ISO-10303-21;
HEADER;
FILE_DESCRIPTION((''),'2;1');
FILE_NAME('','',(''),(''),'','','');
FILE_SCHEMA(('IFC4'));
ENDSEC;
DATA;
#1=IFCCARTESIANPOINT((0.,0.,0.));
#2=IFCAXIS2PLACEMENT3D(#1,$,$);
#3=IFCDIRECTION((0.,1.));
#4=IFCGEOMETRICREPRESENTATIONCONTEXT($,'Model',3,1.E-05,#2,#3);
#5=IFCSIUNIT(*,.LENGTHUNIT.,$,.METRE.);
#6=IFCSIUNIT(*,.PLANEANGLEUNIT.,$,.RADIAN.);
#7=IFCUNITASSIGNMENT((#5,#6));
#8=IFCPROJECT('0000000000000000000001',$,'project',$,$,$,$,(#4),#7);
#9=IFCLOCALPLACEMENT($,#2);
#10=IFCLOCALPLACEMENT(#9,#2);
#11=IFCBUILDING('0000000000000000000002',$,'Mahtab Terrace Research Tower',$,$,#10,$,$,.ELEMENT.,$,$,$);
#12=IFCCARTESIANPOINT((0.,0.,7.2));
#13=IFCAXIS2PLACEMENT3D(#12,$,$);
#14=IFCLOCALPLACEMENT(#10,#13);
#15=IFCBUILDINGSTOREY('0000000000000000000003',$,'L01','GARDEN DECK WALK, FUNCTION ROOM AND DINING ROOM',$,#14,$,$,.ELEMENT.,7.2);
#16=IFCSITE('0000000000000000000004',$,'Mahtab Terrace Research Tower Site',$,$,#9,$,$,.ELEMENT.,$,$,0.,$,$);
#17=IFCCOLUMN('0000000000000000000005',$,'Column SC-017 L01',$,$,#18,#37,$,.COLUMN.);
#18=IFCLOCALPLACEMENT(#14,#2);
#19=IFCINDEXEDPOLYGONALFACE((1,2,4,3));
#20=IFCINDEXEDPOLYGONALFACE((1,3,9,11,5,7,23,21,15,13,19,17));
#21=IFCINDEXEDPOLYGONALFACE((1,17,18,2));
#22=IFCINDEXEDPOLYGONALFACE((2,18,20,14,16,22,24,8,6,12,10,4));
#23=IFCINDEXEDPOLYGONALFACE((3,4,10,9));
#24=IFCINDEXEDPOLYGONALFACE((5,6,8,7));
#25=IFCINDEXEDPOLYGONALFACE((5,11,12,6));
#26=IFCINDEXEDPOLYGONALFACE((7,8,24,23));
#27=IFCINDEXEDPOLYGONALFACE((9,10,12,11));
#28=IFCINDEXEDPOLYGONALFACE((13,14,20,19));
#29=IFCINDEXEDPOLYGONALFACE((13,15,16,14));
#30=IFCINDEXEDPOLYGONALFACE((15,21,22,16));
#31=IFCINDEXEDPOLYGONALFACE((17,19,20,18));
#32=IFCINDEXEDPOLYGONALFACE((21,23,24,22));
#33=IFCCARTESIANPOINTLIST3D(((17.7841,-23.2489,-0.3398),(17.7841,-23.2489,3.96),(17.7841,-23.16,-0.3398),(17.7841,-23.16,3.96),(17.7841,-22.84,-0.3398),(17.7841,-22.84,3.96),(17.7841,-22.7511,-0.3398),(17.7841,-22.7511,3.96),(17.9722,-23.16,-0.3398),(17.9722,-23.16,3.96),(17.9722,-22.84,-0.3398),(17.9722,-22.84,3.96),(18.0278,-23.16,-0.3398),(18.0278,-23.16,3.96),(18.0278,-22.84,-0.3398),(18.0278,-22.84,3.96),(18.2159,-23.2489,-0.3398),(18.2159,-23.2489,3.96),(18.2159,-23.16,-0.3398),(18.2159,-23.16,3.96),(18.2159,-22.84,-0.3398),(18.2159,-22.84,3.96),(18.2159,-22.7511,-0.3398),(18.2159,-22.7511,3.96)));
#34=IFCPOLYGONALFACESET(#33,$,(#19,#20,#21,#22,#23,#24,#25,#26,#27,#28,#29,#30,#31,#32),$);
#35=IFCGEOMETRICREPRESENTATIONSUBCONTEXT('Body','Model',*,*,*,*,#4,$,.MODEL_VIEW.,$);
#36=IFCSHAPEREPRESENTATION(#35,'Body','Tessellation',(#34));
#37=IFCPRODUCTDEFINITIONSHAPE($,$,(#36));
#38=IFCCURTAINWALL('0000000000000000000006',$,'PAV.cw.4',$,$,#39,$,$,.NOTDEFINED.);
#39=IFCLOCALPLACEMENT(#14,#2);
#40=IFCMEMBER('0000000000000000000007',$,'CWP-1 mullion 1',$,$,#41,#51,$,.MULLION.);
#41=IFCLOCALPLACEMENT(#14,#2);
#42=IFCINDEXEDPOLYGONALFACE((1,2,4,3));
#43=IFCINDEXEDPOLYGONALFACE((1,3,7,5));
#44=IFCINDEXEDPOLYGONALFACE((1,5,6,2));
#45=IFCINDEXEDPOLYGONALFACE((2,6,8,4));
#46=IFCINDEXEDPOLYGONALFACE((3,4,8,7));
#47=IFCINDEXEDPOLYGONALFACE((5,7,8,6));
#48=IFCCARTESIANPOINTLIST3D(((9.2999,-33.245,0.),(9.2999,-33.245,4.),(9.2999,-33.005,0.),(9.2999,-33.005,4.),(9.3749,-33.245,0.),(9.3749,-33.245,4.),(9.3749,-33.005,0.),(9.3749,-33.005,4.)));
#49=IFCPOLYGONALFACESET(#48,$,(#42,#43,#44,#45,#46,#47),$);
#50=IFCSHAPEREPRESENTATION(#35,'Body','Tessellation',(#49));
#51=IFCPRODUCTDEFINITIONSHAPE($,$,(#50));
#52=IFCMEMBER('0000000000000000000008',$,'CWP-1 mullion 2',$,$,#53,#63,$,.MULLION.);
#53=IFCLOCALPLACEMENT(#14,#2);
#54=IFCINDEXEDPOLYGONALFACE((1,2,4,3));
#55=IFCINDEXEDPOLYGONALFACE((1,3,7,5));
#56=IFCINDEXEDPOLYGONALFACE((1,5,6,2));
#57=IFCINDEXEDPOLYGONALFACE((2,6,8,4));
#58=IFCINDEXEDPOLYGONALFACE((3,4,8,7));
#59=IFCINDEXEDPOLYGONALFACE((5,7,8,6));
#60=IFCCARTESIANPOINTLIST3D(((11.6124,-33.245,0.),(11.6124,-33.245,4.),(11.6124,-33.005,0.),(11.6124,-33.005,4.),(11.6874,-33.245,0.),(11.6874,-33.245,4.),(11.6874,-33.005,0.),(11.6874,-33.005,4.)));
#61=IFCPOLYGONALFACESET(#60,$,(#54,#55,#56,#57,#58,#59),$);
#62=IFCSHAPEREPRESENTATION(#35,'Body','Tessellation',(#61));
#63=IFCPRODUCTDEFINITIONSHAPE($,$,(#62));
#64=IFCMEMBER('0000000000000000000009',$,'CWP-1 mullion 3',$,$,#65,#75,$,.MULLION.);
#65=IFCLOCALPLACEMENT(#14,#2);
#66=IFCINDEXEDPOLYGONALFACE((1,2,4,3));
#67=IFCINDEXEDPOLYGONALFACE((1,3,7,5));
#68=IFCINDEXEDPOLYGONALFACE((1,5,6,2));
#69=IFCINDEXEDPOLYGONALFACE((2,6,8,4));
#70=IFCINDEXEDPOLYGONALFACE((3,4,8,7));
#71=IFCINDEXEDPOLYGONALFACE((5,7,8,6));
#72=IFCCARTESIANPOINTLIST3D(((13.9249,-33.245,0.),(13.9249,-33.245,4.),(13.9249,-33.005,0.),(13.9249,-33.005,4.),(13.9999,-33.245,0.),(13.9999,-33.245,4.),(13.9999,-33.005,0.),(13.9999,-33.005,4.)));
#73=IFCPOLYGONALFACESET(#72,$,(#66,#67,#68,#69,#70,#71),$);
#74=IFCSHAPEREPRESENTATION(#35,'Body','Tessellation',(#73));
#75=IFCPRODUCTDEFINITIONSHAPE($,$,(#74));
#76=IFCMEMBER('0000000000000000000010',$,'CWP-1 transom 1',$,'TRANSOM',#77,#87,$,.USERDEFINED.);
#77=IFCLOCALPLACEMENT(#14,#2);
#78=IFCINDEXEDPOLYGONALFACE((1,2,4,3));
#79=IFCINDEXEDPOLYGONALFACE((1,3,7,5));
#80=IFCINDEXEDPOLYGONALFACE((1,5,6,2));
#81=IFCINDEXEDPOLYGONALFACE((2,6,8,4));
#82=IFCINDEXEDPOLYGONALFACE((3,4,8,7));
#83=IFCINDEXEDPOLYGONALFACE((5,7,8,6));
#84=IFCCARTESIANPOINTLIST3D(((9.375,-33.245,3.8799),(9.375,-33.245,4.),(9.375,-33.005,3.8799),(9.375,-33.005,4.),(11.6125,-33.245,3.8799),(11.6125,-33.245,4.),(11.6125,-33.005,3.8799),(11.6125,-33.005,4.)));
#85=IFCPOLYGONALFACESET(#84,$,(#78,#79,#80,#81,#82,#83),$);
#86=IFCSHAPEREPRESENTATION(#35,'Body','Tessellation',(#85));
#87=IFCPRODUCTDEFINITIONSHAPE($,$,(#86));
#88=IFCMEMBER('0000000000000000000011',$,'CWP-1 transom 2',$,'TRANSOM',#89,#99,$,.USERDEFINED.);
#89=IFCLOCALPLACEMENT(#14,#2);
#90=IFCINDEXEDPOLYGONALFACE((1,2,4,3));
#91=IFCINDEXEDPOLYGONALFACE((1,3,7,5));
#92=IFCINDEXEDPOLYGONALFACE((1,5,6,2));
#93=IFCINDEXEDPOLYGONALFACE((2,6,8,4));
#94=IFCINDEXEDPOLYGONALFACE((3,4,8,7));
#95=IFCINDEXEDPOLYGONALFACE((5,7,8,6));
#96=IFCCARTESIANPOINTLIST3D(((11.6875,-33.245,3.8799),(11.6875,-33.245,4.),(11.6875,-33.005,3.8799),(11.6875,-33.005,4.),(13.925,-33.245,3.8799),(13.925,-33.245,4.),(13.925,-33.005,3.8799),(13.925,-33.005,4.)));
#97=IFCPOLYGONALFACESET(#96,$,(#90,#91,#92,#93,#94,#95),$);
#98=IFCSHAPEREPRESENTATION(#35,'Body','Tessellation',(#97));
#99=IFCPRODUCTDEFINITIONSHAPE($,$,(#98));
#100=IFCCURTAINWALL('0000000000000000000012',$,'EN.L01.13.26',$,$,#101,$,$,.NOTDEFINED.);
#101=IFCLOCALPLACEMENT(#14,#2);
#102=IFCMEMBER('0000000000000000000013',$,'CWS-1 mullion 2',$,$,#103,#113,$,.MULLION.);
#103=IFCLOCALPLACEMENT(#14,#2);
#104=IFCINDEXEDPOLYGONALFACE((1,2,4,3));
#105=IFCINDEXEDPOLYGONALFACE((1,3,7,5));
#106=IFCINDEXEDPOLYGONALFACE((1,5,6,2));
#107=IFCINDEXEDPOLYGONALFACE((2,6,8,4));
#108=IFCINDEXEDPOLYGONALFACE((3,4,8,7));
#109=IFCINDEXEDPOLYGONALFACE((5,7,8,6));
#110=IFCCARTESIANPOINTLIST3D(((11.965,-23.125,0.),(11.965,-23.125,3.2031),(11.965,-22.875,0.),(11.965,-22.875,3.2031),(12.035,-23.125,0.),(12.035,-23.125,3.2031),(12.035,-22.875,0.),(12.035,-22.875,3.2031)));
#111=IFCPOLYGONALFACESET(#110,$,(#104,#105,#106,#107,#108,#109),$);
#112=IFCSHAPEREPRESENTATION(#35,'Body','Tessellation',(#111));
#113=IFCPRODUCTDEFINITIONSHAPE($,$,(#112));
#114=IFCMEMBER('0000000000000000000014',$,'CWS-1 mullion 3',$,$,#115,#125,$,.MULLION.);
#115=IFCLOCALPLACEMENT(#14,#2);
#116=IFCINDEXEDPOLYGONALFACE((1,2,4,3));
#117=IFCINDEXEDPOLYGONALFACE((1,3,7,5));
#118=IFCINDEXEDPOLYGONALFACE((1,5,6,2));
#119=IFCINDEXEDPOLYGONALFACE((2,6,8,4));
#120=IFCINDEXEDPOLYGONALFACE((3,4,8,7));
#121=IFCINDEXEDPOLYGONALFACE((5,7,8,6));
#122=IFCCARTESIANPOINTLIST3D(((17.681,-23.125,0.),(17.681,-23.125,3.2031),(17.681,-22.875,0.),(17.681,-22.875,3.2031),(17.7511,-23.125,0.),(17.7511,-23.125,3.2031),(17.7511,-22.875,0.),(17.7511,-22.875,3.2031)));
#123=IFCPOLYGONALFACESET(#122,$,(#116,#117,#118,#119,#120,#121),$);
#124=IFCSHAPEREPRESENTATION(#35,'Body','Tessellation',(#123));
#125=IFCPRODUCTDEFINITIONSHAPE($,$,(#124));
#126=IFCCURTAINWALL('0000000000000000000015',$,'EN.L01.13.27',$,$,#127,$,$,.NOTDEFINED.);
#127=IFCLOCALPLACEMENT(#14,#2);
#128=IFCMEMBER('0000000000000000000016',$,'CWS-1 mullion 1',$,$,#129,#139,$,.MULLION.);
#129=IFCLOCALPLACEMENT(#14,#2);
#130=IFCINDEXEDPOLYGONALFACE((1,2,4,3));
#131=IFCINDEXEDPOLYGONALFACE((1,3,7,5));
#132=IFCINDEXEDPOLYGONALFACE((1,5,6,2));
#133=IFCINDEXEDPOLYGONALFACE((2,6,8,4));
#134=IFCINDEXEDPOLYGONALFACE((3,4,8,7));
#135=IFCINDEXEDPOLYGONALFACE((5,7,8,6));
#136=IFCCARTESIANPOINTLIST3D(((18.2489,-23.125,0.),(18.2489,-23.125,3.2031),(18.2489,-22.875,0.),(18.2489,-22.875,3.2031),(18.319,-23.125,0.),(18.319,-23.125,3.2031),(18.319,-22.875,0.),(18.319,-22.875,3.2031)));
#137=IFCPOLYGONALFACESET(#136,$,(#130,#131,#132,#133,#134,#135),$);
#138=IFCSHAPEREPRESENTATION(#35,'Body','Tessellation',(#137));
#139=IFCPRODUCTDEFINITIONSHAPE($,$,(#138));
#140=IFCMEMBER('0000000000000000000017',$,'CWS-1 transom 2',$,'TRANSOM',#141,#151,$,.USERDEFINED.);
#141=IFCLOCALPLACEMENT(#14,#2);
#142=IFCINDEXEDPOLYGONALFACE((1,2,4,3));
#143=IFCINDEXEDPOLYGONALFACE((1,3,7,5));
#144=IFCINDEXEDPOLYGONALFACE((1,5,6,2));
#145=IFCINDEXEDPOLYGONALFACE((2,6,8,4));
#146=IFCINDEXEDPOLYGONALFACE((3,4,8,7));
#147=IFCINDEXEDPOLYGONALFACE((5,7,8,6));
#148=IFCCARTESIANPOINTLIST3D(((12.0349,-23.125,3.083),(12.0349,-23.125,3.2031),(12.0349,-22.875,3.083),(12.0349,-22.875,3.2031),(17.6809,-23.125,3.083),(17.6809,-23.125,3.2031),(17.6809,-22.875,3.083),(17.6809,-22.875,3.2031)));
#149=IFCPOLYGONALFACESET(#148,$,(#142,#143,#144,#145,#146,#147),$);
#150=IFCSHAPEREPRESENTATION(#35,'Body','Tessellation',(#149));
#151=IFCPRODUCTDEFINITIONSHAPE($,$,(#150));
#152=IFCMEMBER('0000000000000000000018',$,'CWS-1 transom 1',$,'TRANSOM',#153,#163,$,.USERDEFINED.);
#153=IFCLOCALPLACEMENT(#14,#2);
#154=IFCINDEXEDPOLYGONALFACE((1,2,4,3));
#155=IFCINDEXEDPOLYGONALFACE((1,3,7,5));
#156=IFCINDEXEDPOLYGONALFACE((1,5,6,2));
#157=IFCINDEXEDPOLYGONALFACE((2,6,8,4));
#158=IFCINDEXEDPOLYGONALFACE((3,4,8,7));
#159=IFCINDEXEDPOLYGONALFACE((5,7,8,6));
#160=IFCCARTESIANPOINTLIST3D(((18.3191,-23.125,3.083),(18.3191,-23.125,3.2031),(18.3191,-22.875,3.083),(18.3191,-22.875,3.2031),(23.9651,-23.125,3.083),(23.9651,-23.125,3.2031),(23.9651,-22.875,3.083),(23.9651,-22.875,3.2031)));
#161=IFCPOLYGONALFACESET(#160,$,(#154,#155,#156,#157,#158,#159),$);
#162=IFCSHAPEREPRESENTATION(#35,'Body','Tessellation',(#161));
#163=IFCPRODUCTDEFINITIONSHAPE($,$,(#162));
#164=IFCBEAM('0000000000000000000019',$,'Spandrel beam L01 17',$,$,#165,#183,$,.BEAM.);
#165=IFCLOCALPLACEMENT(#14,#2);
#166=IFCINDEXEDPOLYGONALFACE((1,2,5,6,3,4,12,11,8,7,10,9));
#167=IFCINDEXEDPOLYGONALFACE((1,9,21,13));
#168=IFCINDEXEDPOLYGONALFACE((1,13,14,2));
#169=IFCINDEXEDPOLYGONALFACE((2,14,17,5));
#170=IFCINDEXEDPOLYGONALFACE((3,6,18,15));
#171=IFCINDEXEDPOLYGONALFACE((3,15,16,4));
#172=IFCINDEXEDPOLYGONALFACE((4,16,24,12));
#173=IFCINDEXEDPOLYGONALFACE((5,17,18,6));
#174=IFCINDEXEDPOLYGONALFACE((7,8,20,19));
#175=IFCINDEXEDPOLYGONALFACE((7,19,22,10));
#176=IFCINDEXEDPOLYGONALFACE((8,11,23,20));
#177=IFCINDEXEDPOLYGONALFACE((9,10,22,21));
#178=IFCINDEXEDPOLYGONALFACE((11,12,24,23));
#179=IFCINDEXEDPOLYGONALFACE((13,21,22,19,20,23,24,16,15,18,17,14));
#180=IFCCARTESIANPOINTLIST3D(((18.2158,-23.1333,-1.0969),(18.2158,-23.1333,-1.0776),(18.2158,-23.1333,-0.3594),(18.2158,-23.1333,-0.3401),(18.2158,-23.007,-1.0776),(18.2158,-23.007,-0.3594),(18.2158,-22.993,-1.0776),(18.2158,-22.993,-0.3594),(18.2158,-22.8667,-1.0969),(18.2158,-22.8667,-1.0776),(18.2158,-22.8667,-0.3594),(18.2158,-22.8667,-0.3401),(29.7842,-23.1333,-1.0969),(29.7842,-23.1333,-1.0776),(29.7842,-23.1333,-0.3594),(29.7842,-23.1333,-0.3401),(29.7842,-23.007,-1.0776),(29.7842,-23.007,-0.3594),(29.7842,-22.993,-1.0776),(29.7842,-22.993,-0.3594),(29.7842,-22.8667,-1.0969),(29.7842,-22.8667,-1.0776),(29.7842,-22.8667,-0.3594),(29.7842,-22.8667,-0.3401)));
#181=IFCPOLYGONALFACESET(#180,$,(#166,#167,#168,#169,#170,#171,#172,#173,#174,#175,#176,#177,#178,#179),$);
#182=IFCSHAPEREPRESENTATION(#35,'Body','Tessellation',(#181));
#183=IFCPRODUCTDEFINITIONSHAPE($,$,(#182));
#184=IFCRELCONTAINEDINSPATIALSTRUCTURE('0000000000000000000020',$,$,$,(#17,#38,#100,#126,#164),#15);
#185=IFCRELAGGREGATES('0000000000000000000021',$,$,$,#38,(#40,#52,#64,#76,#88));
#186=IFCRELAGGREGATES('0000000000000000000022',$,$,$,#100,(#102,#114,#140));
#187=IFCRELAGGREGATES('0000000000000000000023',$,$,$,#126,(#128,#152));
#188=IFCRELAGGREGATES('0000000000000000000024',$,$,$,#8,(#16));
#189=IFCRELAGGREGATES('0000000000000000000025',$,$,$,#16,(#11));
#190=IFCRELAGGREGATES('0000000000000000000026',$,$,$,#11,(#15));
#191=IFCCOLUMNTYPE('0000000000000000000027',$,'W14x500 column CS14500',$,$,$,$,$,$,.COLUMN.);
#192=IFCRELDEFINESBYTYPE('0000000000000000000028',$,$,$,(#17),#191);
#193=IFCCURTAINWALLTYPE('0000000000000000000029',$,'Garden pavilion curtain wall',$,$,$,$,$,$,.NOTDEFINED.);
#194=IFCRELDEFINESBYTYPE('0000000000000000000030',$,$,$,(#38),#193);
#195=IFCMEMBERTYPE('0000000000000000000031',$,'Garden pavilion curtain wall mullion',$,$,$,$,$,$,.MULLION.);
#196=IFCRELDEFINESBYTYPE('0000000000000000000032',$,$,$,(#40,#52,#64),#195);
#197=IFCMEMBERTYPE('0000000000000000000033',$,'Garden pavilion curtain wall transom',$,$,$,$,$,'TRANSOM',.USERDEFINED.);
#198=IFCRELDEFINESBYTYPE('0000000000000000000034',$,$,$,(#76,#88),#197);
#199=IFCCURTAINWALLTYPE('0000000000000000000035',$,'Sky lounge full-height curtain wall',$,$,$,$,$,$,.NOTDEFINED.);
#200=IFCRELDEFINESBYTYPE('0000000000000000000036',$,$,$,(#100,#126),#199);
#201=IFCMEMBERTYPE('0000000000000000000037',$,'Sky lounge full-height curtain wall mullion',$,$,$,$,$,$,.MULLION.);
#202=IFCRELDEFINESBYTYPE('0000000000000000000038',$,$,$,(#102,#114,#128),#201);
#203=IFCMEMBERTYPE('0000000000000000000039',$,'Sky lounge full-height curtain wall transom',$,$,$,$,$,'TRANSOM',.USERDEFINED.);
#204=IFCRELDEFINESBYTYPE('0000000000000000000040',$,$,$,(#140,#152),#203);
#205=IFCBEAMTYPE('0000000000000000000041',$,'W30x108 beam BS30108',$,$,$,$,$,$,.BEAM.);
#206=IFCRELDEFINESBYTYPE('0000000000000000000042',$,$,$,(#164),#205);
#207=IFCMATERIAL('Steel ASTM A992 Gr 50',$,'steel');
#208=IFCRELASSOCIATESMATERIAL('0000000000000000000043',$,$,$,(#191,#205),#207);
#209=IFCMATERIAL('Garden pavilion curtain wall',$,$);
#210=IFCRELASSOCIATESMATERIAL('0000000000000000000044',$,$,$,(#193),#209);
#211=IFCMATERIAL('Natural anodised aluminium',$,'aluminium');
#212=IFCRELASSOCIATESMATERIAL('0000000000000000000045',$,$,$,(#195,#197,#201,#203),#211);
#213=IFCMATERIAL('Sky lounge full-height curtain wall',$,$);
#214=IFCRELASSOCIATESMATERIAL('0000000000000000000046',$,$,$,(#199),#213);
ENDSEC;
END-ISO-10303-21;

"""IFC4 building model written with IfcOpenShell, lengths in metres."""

from ifc_helpers import new_model, si_unit, direction, frame, origin, origin_2d, place, context, subcontext, project, spatial, rectangle, i_section, extrude, material, material_profile, profile_set, type_object, element, aggregate, save


model = new_model("IFC4")

# Units and contexts
model_context = context("Model", 3, precision=1e-05, world=origin(), true_north=direction((0.0, 1.0)))
body_context = subcontext(model_context, "Body", "Model", "MODEL_VIEW")
ifc_project = project(units=[si_unit("LENGTHUNIT", "METRE"), si_unit("PLANEANGLEUNIT", "RADIAN")], contexts=[model_context])

# Site, building, storey
site_placement = place(None, origin())
site = spatial("IfcSite", under=ifc_project, at=site_placement, Name="Mahtab Terrace Research Tower Site", CompositionType="ELEMENT", RefElevation=0.0)
building_placement = place(site_placement, origin())
building = spatial("IfcBuilding", under=site, at=building_placement, Name="Mahtab Terrace Research Tower", CompositionType="ELEMENT")
storey_placement = place(building_placement, frame((0.0, 0.0, 7.2)))
storey = spatial("IfcBuildingStorey", under=building, at=storey_placement, Name="L01", Description="GARDEN DECK WALK, FUNCTION ROOM AND DINING ROOM", CompositionType="ELEMENT", Elevation=7.2)

# Column
ifc_material_1 = material(Name="Steel ASTM A992 Gr 50", Category="steel")
ifc_material_profile_1 = material_profile(ifc_material_1, i_section(OverallWidth=0.4319, OverallDepth=0.4978, WebThickness=0.0557, FlangeThickness=0.0889, at=origin_2d()), Name="W14X500")
ifc_profile_set_1 = profile_set([ifc_material_profile_1], Name="Steel ASTM A992 Gr 50")
column_type = type_object("IfcColumnType", Name="W14x500 column CS14500", PredefinedType="COLUMN", material=ifc_profile_set_1)
column_placement = place(storey_placement, frame((18.0, -23.0, -0.3398), z_axis=(0.0, 0.0, 1.0), x_axis=(1.0, 0.0, 0.0)))
element("IfcColumn", 1, at=column_placement, inside=storey, type_object=column_type, Name="Column SC-017 L01", PredefinedType="COLUMN", context=body_context, shape_type="SweptSolid", body=[
    extrude(i_section(OverallWidth=0.4319, OverallDepth=0.4978, WebThickness=0.0557, FlangeThickness=0.0889, at=origin_2d()), origin(), (0.0, 0.0, 1.0), 4.2998),
])

# Curtain walls, members
ifc_material_2 = material(Name="Garden pavilion curtain wall")
curtain_wall_type_1 = type_object("IfcCurtainWallType", Name="Garden pavilion curtain wall", PredefinedType="NOTDEFINED", material=ifc_material_2)
curtain_wall_1_placement = place(storey_placement, origin())
curtain_wall_1 = element("IfcCurtainWall", 2, at=curtain_wall_1_placement, inside=storey, type_object=curtain_wall_type_1, Name="PAV.cw.4", PredefinedType="NOTDEFINED")
ifc_material_3 = material(Name="Natural anodised aluminium", Category="aluminium")
ifc_material_profile_2 = material_profile(ifc_material_3, rectangle(XDim=0.24, YDim=0.075, at=origin_2d()), Name="MULLION 75x240")
ifc_profile_set_2 = profile_set([ifc_material_profile_2], Name="Natural anodised aluminium")
member_type_1 = type_object("IfcMemberType", Name="Garden pavilion curtain wall mullion", PredefinedType="MULLION", material=ifc_profile_set_2)
member_1_placement = place(storey_placement, frame((9.3374, -33.125, 0.0), z_axis=(0.0, 0.0, 1.0), x_axis=(0.0, 1.0, 0.0)))
member_1 = element("IfcMember", 3, at=member_1_placement, type_object=member_type_1, Name="CWP-1 mullion 1", PredefinedType="MULLION", context=body_context, shape_type="SweptSolid", body=[
    extrude(rectangle(XDim=0.24, YDim=0.075, at=origin_2d()), origin(), (0.0, 0.0, 1.0), 4.0),
])
member_2_placement = place(storey_placement, frame((11.6499, -33.125, 0.0), z_axis=(0.0, 0.0, 1.0), x_axis=(0.0, 1.0, 0.0)))
member_2 = element("IfcMember", 4, at=member_2_placement, type_object=member_type_1, Name="CWP-1 mullion 2", PredefinedType="MULLION", context=body_context, shape_type="SweptSolid", body=[
    extrude(rectangle(XDim=0.24, YDim=0.075, at=origin_2d()), origin(), (0.0, 0.0, 1.0), 4.0),
])
member_3_placement = place(storey_placement, frame((13.9624, -33.125, 0.0), z_axis=(0.0, 0.0, 1.0), x_axis=(0.0, 1.0, 0.0)))
member_3 = element("IfcMember", 5, at=member_3_placement, type_object=member_type_1, Name="CWP-1 mullion 3", PredefinedType="MULLION", context=body_context, shape_type="SweptSolid", body=[
    extrude(rectangle(XDim=0.24, YDim=0.075, at=origin_2d()), origin(), (0.0, 0.0, 1.0), 4.0),
])
ifc_material_profile_3 = material_profile(ifc_material_3, rectangle(XDim=0.24, YDim=0.1201, at=origin_2d()), Name="TRANSOM 120x240")
ifc_profile_set_3 = profile_set([ifc_material_profile_3], Name="Natural anodised aluminium")
member_type_2 = type_object("IfcMemberType", Name="Garden pavilion curtain wall transom", ElementType="TRANSOM", PredefinedType="USERDEFINED", material=ifc_profile_set_3)
member_4_placement = place(storey_placement, frame((9.375, -33.125, 3.9399), z_axis=(1.0, 0.0, 0.0), x_axis=(0.0, 1.0, 0.0)))
member_4 = element("IfcMember", 6, at=member_4_placement, type_object=member_type_2, Name="CWP-1 transom 1", ObjectType="TRANSOM", PredefinedType="USERDEFINED", context=body_context, shape_type="SweptSolid", body=[
    extrude(rectangle(XDim=0.24, YDim=0.1201, at=origin_2d()), origin(), (0.0, 0.0, 1.0), 2.2375),
])
member_5_placement = place(storey_placement, frame((11.6875, -33.125, 3.9399), z_axis=(1.0, 0.0, 0.0), x_axis=(0.0, 1.0, 0.0)))
member_5 = element("IfcMember", 7, at=member_5_placement, type_object=member_type_2, Name="CWP-1 transom 2", ObjectType="TRANSOM", PredefinedType="USERDEFINED", context=body_context, shape_type="SweptSolid", body=[
    extrude(rectangle(XDim=0.24, YDim=0.1201, at=origin_2d()), origin(), (0.0, 0.0, 1.0), 2.2375),
])
ifc_material_4 = material(Name="Sky lounge full-height curtain wall")
curtain_wall_type_2 = type_object("IfcCurtainWallType", Name="Sky lounge full-height curtain wall", PredefinedType="NOTDEFINED", material=ifc_material_4)
curtain_wall_2_placement = place(storey_placement, origin())
curtain_wall_2 = element("IfcCurtainWall", 8, at=curtain_wall_2_placement, inside=storey, type_object=curtain_wall_type_2, Name="EN.L01.13.26", PredefinedType="NOTDEFINED")
ifc_material_profile_4 = material_profile(ifc_material_3, rectangle(XDim=0.25, YDim=0.0701, at=origin_2d()), Name="MULLION 70x250")
ifc_profile_set_4 = profile_set([ifc_material_profile_4], Name="Natural anodised aluminium")
member_type_3 = type_object("IfcMemberType", Name="Sky lounge full-height curtain wall mullion", PredefinedType="MULLION", material=ifc_profile_set_4)
member_6_placement = place(storey_placement, frame((12.0, -23.0, 0.0), z_axis=(0.0, 0.0, 1.0), x_axis=(0.0, 1.0, 0.0)))
member_6 = element("IfcMember", 9, at=member_6_placement, type_object=member_type_3, Name="CWS-1 mullion 2", PredefinedType="MULLION", context=body_context, shape_type="SweptSolid", body=[
    extrude(rectangle(XDim=0.25, YDim=0.0701, at=origin_2d()), origin(), (0.0, 0.0, 1.0), 3.2031),
])
member_7_placement = place(storey_placement, frame((17.7161, -23.0, 0.0), z_axis=(0.0, 0.0, 1.0), x_axis=(0.0, 1.0, 0.0)))
member_7 = element("IfcMember", 10, at=member_7_placement, type_object=member_type_3, Name="CWS-1 mullion 3", PredefinedType="MULLION", context=body_context, shape_type="SweptSolid", body=[
    extrude(rectangle(XDim=0.25, YDim=0.0701, at=origin_2d()), origin(), (0.0, 0.0, 1.0), 3.2031),
])

# Curtain wall, member
curtain_wall_3_placement = place(storey_placement, origin())
curtain_wall_3 = element("IfcCurtainWall", 11, at=curtain_wall_3_placement, inside=storey, type_object=curtain_wall_type_2, Name="EN.L01.13.27", PredefinedType="NOTDEFINED")
member_8_placement = place(storey_placement, frame((18.2839, -23.0, 0.0), z_axis=(0.0, 0.0, 1.0), x_axis=(0.0, 1.0, 0.0)))
member_8 = element("IfcMember", 12, at=member_8_placement, type_object=member_type_3, Name="CWS-1 mullion 1", PredefinedType="MULLION", context=body_context, shape_type="SweptSolid", body=[
    extrude(rectangle(XDim=0.25, YDim=0.0701, at=origin_2d()), origin(), (0.0, 0.0, 1.0), 3.2031),
])

# Members
ifc_material_profile_5 = material_profile(ifc_material_3, rectangle(XDim=0.25, YDim=0.1201, at=origin_2d()), Name="TRANSOM 120x250")
ifc_profile_set_5 = profile_set([ifc_material_profile_5], Name="Natural anodised aluminium")
member_type_4 = type_object("IfcMemberType", Name="Sky lounge full-height curtain wall transom", ElementType="TRANSOM", PredefinedType="USERDEFINED", material=ifc_profile_set_5)
member_9_placement = place(storey_placement, frame((12.0349, -23.0, 3.1431), z_axis=(1.0, 0.0, 0.0), x_axis=(0.0, 1.0, 0.0)))
member_9 = element("IfcMember", 13, at=member_9_placement, type_object=member_type_4, Name="CWS-1 transom 2", ObjectType="TRANSOM", PredefinedType="USERDEFINED", context=body_context, shape_type="SweptSolid", body=[
    extrude(rectangle(XDim=0.25, YDim=0.1201, at=origin_2d()), origin(), (0.0, 0.0, 1.0), 5.646),
])
member_10_placement = place(storey_placement, frame((18.3191, -23.0, 3.1431), z_axis=(1.0, 0.0, 0.0), x_axis=(0.0, 1.0, 0.0)))
member_10 = element("IfcMember", 14, at=member_10_placement, type_object=member_type_4, Name="CWS-1 transom 1", ObjectType="TRANSOM", PredefinedType="USERDEFINED", context=body_context, shape_type="SweptSolid", body=[
    extrude(rectangle(XDim=0.25, YDim=0.1201, at=origin_2d()), origin(), (0.0, 0.0, 1.0), 5.646),
])

# Beam
ifc_material_profile_6 = material_profile(ifc_material_1, i_section(OverallWidth=0.2666, OverallDepth=0.7568, WebThickness=0.0139, FlangeThickness=0.0193, at=origin_2d()), Name="W30X108")
ifc_profile_set_6 = profile_set([ifc_material_profile_6], Name="Steel ASTM A992 Gr 50")
beam_type = type_object("IfcBeamType", Name="W30x108 beam BS30108", PredefinedType="BEAM", material=ifc_profile_set_6)
beam_placement = place(storey_placement, frame((18.2158, -23.0, -0.7185), z_axis=(1.0, 0.0, 0.0), x_axis=(0.0, 1.0, 0.0)))
element("IfcBeam", 15, at=beam_placement, inside=storey, type_object=beam_type, Name="Spandrel beam L01 17", PredefinedType="BEAM", context=body_context, shape_type="SweptSolid", body=[
    extrude(i_section(OverallWidth=0.2666, OverallDepth=0.7568, WebThickness=0.0139, FlangeThickness=0.0193, at=origin_2d()), origin(), (0.0, 0.0, 1.0), 11.5684),
])

aggregate(curtain_wall_1, [member_1, member_2, member_3, member_4, member_5])
aggregate(curtain_wall_2, [member_6, member_7, member_9])
aggregate(curtain_wall_3, [member_8, member_10])

save(model, "model.ifc")
